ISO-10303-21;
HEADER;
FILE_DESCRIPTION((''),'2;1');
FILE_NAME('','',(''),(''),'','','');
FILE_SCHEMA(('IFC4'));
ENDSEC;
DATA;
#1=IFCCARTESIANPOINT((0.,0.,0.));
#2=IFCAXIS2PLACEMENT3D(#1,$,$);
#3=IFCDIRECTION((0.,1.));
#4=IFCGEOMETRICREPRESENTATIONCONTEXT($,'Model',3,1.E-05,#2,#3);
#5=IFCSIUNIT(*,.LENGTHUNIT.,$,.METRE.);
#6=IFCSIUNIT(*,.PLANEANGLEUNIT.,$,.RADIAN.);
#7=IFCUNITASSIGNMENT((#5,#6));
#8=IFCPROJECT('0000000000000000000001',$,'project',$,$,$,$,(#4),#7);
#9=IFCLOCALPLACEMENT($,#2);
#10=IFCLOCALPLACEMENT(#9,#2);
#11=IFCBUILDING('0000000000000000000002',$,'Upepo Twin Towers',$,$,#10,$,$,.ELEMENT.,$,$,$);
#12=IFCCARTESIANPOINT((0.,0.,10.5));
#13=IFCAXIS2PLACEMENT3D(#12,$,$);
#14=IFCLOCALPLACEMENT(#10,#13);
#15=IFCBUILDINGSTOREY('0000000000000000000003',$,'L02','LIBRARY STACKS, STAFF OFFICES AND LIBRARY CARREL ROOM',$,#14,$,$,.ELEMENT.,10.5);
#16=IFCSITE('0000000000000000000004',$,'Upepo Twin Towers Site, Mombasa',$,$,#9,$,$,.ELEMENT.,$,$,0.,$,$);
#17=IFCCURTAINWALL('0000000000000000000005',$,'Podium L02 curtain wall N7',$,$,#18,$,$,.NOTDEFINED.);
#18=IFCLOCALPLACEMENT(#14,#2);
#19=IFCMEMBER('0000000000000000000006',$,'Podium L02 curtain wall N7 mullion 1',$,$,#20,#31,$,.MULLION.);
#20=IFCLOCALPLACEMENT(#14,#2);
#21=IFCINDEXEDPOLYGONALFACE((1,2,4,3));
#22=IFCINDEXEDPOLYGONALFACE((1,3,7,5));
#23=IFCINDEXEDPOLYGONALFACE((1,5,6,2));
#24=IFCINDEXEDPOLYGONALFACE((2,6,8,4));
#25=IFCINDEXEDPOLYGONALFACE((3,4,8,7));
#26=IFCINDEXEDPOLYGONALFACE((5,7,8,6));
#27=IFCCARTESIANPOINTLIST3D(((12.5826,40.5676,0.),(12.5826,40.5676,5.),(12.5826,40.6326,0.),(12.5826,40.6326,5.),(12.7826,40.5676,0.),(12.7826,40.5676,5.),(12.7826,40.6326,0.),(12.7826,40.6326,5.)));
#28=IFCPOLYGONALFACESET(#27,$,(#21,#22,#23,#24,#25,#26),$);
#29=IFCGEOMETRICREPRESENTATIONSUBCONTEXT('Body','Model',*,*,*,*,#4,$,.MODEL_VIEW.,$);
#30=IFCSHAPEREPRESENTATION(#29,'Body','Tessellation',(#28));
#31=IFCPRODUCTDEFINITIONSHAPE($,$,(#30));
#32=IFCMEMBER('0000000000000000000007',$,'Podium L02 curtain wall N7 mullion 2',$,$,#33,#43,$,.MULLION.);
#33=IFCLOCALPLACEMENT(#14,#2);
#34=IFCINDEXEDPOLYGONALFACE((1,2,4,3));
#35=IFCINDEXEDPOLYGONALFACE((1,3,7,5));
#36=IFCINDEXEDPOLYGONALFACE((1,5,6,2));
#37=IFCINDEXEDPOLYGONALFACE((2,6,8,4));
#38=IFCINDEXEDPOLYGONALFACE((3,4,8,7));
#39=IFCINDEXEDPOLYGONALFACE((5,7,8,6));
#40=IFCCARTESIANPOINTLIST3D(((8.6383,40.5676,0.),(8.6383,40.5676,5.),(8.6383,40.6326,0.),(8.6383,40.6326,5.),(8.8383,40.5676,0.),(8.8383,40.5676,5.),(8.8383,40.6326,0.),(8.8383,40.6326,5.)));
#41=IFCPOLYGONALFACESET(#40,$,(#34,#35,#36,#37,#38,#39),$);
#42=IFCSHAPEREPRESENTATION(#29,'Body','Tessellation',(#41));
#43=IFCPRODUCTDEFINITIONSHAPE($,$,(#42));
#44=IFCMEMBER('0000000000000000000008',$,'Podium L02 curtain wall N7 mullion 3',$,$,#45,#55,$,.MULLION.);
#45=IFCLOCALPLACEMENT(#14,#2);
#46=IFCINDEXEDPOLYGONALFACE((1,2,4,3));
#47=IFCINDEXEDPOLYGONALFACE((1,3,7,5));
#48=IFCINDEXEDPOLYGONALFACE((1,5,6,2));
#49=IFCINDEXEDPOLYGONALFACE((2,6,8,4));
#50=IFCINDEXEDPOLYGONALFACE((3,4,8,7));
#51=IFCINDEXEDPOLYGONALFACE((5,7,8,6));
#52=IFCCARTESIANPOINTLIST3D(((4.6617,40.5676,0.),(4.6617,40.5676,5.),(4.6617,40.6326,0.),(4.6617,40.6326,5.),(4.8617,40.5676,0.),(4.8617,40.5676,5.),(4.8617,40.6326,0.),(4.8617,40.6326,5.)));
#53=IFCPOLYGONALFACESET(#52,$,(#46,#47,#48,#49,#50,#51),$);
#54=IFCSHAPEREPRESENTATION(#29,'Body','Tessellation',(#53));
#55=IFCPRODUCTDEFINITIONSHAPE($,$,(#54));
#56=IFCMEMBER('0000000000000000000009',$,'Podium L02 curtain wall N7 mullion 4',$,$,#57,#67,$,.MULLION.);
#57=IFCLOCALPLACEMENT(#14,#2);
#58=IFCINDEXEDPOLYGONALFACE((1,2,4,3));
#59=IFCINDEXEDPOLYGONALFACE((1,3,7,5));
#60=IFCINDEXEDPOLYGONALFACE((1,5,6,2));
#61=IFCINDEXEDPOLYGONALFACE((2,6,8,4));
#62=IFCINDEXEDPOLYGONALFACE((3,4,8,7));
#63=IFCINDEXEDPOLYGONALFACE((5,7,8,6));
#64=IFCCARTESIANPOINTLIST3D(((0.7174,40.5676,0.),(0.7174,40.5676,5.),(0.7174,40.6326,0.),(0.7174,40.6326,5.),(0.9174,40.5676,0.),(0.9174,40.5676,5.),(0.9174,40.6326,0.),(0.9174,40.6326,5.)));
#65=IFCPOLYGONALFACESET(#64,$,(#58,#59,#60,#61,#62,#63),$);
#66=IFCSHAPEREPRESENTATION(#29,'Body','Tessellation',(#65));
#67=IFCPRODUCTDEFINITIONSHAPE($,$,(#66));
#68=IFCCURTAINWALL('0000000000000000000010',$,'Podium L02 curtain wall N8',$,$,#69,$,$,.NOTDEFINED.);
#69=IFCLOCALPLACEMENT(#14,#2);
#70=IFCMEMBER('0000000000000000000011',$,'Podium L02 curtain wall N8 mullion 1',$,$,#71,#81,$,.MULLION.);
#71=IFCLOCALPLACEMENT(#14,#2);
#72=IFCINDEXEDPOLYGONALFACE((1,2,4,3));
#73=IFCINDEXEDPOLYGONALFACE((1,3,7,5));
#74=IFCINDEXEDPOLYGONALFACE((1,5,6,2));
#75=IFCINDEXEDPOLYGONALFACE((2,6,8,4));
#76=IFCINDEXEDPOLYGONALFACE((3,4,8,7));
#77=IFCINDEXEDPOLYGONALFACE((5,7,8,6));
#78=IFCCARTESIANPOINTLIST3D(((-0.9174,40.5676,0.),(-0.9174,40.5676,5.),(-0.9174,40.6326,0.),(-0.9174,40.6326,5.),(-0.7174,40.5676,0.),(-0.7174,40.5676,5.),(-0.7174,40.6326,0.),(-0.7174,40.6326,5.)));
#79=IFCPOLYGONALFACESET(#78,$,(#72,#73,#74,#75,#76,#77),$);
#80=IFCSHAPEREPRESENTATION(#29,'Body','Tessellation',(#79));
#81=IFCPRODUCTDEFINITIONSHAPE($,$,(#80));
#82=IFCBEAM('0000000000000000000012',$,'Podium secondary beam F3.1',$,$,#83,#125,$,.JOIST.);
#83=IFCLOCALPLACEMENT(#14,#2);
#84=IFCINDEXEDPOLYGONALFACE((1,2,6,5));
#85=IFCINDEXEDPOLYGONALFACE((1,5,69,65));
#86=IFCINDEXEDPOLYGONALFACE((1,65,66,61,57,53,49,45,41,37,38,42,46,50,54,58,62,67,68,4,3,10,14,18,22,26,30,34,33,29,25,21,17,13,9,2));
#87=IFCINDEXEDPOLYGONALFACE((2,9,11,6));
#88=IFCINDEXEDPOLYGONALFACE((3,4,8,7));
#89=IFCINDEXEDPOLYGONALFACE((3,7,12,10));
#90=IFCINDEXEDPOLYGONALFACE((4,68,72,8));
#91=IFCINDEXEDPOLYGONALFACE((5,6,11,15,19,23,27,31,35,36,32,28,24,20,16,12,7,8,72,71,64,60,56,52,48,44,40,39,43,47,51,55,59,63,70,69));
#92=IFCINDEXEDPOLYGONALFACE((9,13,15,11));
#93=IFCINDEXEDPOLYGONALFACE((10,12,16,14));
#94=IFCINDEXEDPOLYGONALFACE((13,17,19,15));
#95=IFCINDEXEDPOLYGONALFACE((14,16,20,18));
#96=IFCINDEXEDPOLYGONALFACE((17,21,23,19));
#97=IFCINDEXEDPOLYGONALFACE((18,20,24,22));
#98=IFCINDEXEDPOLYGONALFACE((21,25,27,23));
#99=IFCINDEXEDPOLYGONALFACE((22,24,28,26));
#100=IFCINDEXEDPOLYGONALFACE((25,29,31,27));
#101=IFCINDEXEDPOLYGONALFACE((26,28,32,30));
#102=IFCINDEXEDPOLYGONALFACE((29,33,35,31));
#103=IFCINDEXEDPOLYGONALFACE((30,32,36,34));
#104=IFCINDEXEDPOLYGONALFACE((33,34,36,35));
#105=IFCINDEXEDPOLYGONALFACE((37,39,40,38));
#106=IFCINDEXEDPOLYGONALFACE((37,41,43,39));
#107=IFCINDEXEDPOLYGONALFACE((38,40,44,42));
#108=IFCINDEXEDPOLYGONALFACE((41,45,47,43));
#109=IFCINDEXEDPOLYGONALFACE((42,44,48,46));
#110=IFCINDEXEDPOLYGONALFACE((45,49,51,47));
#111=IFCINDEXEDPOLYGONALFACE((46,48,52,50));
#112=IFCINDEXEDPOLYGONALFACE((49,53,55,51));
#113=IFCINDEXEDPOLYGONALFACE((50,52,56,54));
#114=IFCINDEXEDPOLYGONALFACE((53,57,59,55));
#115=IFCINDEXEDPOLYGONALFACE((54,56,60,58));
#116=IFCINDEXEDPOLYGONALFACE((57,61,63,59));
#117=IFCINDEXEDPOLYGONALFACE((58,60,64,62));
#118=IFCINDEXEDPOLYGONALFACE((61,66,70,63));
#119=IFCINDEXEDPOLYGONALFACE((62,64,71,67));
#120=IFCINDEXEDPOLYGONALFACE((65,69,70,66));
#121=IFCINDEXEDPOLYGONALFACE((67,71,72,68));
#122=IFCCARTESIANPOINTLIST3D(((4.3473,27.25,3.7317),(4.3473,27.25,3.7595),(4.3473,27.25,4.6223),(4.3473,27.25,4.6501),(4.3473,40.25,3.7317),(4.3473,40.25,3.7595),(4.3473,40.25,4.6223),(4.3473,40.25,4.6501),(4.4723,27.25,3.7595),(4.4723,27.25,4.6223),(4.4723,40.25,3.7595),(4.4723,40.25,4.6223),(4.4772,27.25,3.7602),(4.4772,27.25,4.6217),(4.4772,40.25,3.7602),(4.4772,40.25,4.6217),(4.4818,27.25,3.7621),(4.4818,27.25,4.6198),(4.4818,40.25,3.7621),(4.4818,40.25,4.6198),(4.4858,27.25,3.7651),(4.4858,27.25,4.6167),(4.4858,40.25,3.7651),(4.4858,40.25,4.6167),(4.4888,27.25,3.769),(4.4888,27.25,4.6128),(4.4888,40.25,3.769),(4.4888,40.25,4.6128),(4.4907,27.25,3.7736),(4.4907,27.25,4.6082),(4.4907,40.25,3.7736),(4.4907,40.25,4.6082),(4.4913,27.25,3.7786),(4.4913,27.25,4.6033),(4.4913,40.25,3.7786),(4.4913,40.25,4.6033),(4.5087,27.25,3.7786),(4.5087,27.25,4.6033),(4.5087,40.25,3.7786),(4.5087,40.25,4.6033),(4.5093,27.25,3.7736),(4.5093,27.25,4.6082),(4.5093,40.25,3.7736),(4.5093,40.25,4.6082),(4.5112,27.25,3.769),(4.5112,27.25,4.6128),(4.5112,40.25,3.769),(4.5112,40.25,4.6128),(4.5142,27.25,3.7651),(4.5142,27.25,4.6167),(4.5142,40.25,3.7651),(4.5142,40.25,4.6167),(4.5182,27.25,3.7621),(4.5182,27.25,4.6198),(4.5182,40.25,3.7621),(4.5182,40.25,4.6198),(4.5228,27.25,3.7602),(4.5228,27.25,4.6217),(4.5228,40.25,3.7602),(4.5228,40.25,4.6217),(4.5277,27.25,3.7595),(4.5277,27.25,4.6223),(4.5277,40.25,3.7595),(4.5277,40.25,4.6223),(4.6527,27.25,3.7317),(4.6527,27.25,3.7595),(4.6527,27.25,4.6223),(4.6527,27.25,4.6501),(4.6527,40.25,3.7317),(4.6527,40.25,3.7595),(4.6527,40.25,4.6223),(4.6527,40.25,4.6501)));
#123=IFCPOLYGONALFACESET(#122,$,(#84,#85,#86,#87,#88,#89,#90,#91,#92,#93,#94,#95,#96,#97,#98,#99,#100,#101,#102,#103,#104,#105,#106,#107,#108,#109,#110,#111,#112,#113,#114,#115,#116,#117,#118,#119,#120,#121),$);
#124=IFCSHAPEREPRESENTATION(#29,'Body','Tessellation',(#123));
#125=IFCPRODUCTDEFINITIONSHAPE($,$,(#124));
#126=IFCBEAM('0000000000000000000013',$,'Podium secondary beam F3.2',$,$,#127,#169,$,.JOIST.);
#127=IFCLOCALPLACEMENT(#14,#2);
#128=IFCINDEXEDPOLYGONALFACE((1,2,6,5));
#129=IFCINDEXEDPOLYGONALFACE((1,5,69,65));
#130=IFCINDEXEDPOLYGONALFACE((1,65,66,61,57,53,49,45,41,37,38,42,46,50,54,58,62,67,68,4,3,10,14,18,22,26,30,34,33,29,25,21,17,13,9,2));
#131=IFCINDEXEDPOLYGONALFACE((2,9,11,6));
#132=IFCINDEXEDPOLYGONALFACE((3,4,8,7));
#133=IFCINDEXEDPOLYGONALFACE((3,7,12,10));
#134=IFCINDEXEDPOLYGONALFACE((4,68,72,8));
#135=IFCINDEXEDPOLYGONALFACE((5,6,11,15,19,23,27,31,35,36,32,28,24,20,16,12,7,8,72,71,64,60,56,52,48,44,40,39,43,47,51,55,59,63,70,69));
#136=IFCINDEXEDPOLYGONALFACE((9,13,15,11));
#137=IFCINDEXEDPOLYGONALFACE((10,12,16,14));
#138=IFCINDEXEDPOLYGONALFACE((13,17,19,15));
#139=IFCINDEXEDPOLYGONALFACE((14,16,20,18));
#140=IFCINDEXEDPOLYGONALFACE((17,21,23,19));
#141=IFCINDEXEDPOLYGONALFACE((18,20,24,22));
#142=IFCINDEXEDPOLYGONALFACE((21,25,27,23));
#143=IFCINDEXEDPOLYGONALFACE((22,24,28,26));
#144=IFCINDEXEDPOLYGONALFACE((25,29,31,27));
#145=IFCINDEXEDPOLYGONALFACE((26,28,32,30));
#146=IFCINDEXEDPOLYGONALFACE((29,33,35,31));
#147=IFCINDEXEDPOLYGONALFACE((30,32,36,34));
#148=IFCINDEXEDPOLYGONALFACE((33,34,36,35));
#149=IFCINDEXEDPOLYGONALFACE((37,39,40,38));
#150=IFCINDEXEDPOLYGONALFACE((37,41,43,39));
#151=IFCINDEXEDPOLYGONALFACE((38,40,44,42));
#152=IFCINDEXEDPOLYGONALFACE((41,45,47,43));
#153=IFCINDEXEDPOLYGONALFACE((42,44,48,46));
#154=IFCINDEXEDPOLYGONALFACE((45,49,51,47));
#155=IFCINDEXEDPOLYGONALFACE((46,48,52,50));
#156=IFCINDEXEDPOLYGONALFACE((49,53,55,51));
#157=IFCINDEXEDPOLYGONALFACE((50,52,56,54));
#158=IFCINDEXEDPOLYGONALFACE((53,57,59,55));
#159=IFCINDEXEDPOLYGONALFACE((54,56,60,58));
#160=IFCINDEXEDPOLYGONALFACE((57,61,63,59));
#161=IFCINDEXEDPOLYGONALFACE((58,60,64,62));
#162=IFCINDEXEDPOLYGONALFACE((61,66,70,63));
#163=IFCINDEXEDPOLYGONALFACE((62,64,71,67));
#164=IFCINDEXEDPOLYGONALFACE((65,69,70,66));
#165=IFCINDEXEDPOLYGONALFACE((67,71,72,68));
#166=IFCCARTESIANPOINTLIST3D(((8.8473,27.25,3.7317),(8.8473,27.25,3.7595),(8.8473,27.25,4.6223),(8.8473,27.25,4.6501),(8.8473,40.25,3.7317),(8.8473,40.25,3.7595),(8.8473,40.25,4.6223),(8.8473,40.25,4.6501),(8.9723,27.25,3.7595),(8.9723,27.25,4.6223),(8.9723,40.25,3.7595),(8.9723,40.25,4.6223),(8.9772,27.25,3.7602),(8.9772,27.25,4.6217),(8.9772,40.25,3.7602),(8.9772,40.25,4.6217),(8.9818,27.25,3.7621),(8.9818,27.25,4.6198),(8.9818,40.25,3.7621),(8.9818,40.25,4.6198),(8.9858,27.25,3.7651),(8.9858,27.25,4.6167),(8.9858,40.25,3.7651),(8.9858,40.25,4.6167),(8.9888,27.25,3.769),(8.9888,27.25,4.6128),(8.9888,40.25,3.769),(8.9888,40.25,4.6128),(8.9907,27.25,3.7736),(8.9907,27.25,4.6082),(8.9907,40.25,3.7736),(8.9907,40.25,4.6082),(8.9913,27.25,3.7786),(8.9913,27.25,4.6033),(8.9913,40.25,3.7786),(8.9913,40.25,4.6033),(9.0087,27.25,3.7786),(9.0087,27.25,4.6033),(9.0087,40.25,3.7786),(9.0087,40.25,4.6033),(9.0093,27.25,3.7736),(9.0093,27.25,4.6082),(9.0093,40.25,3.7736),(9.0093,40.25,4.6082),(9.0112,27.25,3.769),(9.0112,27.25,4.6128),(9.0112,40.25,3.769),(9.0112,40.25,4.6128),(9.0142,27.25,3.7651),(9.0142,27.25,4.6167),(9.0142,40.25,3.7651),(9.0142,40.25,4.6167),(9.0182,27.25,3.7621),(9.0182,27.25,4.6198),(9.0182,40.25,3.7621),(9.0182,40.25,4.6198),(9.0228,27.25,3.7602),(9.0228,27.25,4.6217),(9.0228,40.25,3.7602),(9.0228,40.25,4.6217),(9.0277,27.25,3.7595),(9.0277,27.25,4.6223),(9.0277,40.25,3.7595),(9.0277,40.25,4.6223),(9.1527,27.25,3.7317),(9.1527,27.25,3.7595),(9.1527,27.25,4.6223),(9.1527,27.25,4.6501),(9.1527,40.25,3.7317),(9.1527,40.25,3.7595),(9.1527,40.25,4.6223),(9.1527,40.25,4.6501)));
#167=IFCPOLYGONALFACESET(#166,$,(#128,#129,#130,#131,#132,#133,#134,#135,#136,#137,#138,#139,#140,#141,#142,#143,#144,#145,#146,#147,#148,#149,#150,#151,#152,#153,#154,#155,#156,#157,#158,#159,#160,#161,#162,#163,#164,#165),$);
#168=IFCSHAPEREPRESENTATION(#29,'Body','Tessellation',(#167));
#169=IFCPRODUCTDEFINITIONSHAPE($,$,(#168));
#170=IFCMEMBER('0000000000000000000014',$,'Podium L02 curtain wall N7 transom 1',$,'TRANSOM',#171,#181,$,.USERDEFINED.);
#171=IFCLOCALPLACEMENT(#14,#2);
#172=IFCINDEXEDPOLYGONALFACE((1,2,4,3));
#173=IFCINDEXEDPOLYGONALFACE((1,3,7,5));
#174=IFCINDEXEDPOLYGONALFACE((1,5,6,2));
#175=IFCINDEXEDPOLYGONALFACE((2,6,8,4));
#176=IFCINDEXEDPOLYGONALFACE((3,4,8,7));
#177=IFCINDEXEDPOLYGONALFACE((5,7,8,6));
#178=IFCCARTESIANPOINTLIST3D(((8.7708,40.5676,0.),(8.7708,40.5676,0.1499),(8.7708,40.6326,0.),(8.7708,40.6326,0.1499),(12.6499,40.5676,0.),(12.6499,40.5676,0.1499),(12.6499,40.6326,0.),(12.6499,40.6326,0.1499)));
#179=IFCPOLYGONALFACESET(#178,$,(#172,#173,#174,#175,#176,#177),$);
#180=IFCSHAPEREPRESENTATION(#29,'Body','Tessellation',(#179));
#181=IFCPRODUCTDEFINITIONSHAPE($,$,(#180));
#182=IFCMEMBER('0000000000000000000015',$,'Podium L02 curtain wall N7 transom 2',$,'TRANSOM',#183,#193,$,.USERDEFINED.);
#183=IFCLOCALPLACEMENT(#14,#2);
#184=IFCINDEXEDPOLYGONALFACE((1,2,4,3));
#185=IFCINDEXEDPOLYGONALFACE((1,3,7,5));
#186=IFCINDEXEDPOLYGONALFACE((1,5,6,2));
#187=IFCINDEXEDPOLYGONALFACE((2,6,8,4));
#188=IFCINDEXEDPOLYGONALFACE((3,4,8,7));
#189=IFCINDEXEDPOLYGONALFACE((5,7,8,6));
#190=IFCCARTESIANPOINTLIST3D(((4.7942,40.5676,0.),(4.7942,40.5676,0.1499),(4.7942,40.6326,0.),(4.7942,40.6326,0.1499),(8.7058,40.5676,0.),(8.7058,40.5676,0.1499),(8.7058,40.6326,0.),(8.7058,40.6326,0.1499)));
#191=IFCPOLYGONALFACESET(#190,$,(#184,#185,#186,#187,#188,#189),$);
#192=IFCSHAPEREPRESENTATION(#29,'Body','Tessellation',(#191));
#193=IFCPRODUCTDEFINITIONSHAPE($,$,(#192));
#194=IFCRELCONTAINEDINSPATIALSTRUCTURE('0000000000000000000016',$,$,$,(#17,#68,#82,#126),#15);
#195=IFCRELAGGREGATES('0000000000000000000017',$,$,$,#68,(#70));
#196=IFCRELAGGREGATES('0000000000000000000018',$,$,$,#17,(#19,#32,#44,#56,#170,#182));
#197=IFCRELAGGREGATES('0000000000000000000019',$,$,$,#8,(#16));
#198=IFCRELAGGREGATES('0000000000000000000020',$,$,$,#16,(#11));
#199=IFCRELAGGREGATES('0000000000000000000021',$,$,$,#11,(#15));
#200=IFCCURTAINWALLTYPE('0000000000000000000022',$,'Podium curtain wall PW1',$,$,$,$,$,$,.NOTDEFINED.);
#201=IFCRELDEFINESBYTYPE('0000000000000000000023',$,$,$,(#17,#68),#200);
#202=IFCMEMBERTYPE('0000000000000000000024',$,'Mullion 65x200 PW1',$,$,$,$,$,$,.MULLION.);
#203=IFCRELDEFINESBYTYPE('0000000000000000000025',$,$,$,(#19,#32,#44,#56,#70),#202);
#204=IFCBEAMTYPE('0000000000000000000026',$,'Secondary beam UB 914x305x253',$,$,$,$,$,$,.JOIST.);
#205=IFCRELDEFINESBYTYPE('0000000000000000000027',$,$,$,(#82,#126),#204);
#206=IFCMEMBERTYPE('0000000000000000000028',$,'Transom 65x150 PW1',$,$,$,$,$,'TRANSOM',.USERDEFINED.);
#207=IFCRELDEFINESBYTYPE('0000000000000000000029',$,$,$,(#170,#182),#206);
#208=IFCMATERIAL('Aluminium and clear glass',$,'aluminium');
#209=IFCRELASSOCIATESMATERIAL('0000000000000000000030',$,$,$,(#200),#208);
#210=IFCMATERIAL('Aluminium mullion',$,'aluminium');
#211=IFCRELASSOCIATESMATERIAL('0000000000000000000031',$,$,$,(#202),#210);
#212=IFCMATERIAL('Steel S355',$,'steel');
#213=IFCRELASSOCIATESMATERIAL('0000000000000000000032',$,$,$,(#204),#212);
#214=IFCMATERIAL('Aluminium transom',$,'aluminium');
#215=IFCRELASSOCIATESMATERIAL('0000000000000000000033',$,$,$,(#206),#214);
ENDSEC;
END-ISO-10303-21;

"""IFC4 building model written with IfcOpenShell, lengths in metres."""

from ifc_helpers import new_model, si_unit, direction, frame, origin, origin_2d, place, context, subcontext, project, spatial, rectangle, i_section, extrude, material, material_profile, profile_set, type_object, element, aggregate, save


model = new_model("IFC4")

# Units and contexts
model_context = context("Model", 3, precision=1e-05, world=origin(), true_north=direction((0.0, 1.0)))
body_context = subcontext(model_context, "Body", "Model", "MODEL_VIEW")
ifc_project = project(units=[si_unit("LENGTHUNIT", "METRE"), si_unit("PLANEANGLEUNIT", "RADIAN")], contexts=[model_context])

# Site, building, storey
site_placement = place(None, origin())
site = spatial("IfcSite", under=ifc_project, at=site_placement, Name="Upepo Twin Towers Site, Mombasa", CompositionType="ELEMENT", RefElevation=0.0)
building_placement = place(site_placement, origin())
building = spatial("IfcBuilding", under=site, at=building_placement, Name="Upepo Twin Towers", CompositionType="ELEMENT")
storey_placement = place(building_placement, frame((0.0, 0.0, 10.5)))
storey = spatial("IfcBuildingStorey", under=building, at=storey_placement, Name="L02", Description="LIBRARY STACKS, STAFF OFFICES AND LIBRARY CARREL ROOM", CompositionType="ELEMENT", Elevation=10.5)

# Curtain wall, members
ifc_material_1 = material(Name="Aluminium and clear glass", Category="aluminium")
curtain_wall_type = type_object("IfcCurtainWallType", Name="Podium curtain wall PW1", PredefinedType="NOTDEFINED", material=ifc_material_1)
curtain_wall_1_placement = place(storey_placement, origin())
curtain_wall_1 = element("IfcCurtainWall", 1, at=curtain_wall_1_placement, inside=storey, type_object=curtain_wall_type, Name="Podium L02 curtain wall N7", PredefinedType="NOTDEFINED")
ifc_material_2 = material(Name="Aluminium mullion", Category="aluminium")
ifc_material_profile_1 = material_profile(ifc_material_2, rectangle(XDim=0.0649, YDim=0.2, at=origin_2d()), Name="MULLION 65x200 PODIUM")
ifc_profile_set_1 = profile_set([ifc_material_profile_1], Name="Aluminium mullion")
member_type_1 = type_object("IfcMemberType", Name="Mullion 65x200 PW1", PredefinedType="MULLION", material=ifc_profile_set_1)
member_1_placement = place(storey_placement, frame((12.6826, 40.6001, 0.0), z_axis=(0.0, 0.0, 1.0), x_axis=(0.0, -1.0, 0.0)))
member_1 = element("IfcMember", 2, at=member_1_placement, type_object=member_type_1, Name="Podium L02 curtain wall N7 mullion 1", PredefinedType="MULLION", context=body_context, shape_type="SweptSolid", body=[
    extrude(rectangle(XDim=0.0649, YDim=0.2, at=origin_2d()), origin(), (0.0, 0.0, 1.0), 5.0),
])
member_2_placement = place(storey_placement, frame((8.7383, 40.6001, 0.0), z_axis=(0.0, 0.0, 1.0), x_axis=(0.0, -1.0, 0.0)))
member_2 = element("IfcMember", 3, at=member_2_placement, type_object=member_type_1, Name="Podium L02 curtain wall N7 mullion 2", PredefinedType="MULLION", context=body_context, shape_type="SweptSolid", body=[
    extrude(rectangle(XDim=0.0649, YDim=0.2, at=origin_2d()), origin(), (0.0, 0.0, 1.0), 5.0),
])
member_3_placement = place(storey_placement, frame((4.7617, 40.6001, 0.0), z_axis=(0.0, 0.0, 1.0), x_axis=(0.0, -1.0, 0.0)))
member_3 = element("IfcMember", 4, at=member_3_placement, type_object=member_type_1, Name="Podium L02 curtain wall N7 mullion 3", PredefinedType="MULLION", context=body_context, shape_type="SweptSolid", body=[
    extrude(rectangle(XDim=0.0649, YDim=0.2, at=origin_2d()), origin(), (0.0, 0.0, 1.0), 5.0),
])
member_4_placement = place(storey_placement, frame((0.8174, 40.6001, 0.0), z_axis=(0.0, 0.0, 1.0), x_axis=(0.0, -1.0, 0.0)))
member_4 = element("IfcMember", 5, at=member_4_placement, type_object=member_type_1, Name="Podium L02 curtain wall N7 mullion 4", PredefinedType="MULLION", context=body_context, shape_type="SweptSolid", body=[
    extrude(rectangle(XDim=0.0649, YDim=0.2, at=origin_2d()), origin(), (0.0, 0.0, 1.0), 5.0),
])

# Curtain wall, member
curtain_wall_2_placement = place(storey_placement, origin())
curtain_wall_2 = element("IfcCurtainWall", 6, at=curtain_wall_2_placement, inside=storey, type_object=curtain_wall_type, Name="Podium L02 curtain wall N8", PredefinedType="NOTDEFINED")
member_5_placement = place(storey_placement, frame((-0.8174, 40.6001, 0.0), z_axis=(0.0, 0.0, 1.0), x_axis=(0.0, -1.0, 0.0)))
member_5 = element("IfcMember", 7, at=member_5_placement, type_object=member_type_1, Name="Podium L02 curtain wall N8 mullion 1", PredefinedType="MULLION", context=body_context, shape_type="SweptSolid", body=[
    extrude(rectangle(XDim=0.0649, YDim=0.2, at=origin_2d()), origin(), (0.0, 0.0, 1.0), 5.0),
])

# Beams
ifc_material_3 = material(Name="Steel S355", Category="steel")
ifc_material_profile_2 = material_profile(ifc_material_3, i_section(OverallWidth=0.3054, OverallDepth=0.9185, WebThickness=0.0173, FlangeThickness=0.0278, FilletRadius=0.019, at=origin_2d()), Name="UB 914x305x253")
ifc_profile_set_2 = profile_set([ifc_material_profile_2], Name="Steel S355")
beam_type_1 = type_object("IfcBeamType", Name="Secondary beam UB 914x305x253", PredefinedType="JOIST", material=ifc_profile_set_2)
for number, where, z_axis, x_axis, name in (
    (8, (4.5, 27.25, 4.1909), (0.0, 1.0, 0.0), (-1.0, 0.0, 0.0), "Podium secondary beam F3.1"),
    (9, (9.0, 27.25, 4.1909), (0.0, 1.0, 0.0), (-1.0, 0.0, 0.0), "Podium secondary beam F3.2"),
):
    element("IfcBeam", number, at=place(storey_placement, frame(where, z_axis=z_axis, x_axis=x_axis)), inside=storey, type_object=beam_type_1, Name=name, PredefinedType="JOIST", context=body_context, shape_type="SweptSolid", body=[
        extrude(i_section(OverallWidth=0.3054, OverallDepth=0.9185, WebThickness=0.0173, FlangeThickness=0.0278, FilletRadius=0.019, at=origin_2d()), origin(), (0.0, 0.0, 1.0), 13.0),
    ])

# Members
ifc_material_4 = material(Name="Aluminium transom", Category="aluminium")
ifc_material_profile_3 = material_profile(ifc_material_4, rectangle(XDim=0.0649, YDim=0.1499, at=origin_2d()), Name="TRANSOM 65x150 PODIUM")
ifc_profile_set_3 = profile_set([ifc_material_profile_3], Name="Aluminium transom")
member_type_2 = type_object("IfcMemberType", Name="Transom 65x150 PW1", ElementType="TRANSOM", PredefinedType="USERDEFINED", material=ifc_profile_set_3)
member_6_placement = place(storey_placement, frame((12.6499, 40.6001, 0.075), z_axis=(-1.0, 0.0, 0.0), x_axis=(0.0, -1.0, 0.0)))
member_6 = element("IfcMember", 10, at=member_6_placement, type_object=member_type_2, Name="Podium L02 curtain wall N7 transom 1", ObjectType="TRANSOM", PredefinedType="USERDEFINED", context=body_context, shape_type="SweptSolid", body=[
    extrude(rectangle(XDim=0.0649, YDim=0.1499, at=origin_2d()), origin(), (0.0, 0.0, 1.0), 3.8792),
])
member_7_placement = place(storey_placement, frame((8.7058, 40.6001, 0.075), z_axis=(-1.0, 0.0, 0.0), x_axis=(0.0, -1.0, 0.0)))
member_7 = element("IfcMember", 11, at=member_7_placement, type_object=member_type_2, Name="Podium L02 curtain wall N7 transom 2", ObjectType="TRANSOM", PredefinedType="USERDEFINED", context=body_context, shape_type="SweptSolid", body=[
    extrude(rectangle(XDim=0.0649, YDim=0.1499, at=origin_2d()), origin(), (0.0, 0.0, 1.0), 3.9116),
])

aggregate(curtain_wall_2, [member_5])
aggregate(curtain_wall_1, [member_1, member_2, member_3, member_4, member_6, member_7])

save(model, "model.ifc")
